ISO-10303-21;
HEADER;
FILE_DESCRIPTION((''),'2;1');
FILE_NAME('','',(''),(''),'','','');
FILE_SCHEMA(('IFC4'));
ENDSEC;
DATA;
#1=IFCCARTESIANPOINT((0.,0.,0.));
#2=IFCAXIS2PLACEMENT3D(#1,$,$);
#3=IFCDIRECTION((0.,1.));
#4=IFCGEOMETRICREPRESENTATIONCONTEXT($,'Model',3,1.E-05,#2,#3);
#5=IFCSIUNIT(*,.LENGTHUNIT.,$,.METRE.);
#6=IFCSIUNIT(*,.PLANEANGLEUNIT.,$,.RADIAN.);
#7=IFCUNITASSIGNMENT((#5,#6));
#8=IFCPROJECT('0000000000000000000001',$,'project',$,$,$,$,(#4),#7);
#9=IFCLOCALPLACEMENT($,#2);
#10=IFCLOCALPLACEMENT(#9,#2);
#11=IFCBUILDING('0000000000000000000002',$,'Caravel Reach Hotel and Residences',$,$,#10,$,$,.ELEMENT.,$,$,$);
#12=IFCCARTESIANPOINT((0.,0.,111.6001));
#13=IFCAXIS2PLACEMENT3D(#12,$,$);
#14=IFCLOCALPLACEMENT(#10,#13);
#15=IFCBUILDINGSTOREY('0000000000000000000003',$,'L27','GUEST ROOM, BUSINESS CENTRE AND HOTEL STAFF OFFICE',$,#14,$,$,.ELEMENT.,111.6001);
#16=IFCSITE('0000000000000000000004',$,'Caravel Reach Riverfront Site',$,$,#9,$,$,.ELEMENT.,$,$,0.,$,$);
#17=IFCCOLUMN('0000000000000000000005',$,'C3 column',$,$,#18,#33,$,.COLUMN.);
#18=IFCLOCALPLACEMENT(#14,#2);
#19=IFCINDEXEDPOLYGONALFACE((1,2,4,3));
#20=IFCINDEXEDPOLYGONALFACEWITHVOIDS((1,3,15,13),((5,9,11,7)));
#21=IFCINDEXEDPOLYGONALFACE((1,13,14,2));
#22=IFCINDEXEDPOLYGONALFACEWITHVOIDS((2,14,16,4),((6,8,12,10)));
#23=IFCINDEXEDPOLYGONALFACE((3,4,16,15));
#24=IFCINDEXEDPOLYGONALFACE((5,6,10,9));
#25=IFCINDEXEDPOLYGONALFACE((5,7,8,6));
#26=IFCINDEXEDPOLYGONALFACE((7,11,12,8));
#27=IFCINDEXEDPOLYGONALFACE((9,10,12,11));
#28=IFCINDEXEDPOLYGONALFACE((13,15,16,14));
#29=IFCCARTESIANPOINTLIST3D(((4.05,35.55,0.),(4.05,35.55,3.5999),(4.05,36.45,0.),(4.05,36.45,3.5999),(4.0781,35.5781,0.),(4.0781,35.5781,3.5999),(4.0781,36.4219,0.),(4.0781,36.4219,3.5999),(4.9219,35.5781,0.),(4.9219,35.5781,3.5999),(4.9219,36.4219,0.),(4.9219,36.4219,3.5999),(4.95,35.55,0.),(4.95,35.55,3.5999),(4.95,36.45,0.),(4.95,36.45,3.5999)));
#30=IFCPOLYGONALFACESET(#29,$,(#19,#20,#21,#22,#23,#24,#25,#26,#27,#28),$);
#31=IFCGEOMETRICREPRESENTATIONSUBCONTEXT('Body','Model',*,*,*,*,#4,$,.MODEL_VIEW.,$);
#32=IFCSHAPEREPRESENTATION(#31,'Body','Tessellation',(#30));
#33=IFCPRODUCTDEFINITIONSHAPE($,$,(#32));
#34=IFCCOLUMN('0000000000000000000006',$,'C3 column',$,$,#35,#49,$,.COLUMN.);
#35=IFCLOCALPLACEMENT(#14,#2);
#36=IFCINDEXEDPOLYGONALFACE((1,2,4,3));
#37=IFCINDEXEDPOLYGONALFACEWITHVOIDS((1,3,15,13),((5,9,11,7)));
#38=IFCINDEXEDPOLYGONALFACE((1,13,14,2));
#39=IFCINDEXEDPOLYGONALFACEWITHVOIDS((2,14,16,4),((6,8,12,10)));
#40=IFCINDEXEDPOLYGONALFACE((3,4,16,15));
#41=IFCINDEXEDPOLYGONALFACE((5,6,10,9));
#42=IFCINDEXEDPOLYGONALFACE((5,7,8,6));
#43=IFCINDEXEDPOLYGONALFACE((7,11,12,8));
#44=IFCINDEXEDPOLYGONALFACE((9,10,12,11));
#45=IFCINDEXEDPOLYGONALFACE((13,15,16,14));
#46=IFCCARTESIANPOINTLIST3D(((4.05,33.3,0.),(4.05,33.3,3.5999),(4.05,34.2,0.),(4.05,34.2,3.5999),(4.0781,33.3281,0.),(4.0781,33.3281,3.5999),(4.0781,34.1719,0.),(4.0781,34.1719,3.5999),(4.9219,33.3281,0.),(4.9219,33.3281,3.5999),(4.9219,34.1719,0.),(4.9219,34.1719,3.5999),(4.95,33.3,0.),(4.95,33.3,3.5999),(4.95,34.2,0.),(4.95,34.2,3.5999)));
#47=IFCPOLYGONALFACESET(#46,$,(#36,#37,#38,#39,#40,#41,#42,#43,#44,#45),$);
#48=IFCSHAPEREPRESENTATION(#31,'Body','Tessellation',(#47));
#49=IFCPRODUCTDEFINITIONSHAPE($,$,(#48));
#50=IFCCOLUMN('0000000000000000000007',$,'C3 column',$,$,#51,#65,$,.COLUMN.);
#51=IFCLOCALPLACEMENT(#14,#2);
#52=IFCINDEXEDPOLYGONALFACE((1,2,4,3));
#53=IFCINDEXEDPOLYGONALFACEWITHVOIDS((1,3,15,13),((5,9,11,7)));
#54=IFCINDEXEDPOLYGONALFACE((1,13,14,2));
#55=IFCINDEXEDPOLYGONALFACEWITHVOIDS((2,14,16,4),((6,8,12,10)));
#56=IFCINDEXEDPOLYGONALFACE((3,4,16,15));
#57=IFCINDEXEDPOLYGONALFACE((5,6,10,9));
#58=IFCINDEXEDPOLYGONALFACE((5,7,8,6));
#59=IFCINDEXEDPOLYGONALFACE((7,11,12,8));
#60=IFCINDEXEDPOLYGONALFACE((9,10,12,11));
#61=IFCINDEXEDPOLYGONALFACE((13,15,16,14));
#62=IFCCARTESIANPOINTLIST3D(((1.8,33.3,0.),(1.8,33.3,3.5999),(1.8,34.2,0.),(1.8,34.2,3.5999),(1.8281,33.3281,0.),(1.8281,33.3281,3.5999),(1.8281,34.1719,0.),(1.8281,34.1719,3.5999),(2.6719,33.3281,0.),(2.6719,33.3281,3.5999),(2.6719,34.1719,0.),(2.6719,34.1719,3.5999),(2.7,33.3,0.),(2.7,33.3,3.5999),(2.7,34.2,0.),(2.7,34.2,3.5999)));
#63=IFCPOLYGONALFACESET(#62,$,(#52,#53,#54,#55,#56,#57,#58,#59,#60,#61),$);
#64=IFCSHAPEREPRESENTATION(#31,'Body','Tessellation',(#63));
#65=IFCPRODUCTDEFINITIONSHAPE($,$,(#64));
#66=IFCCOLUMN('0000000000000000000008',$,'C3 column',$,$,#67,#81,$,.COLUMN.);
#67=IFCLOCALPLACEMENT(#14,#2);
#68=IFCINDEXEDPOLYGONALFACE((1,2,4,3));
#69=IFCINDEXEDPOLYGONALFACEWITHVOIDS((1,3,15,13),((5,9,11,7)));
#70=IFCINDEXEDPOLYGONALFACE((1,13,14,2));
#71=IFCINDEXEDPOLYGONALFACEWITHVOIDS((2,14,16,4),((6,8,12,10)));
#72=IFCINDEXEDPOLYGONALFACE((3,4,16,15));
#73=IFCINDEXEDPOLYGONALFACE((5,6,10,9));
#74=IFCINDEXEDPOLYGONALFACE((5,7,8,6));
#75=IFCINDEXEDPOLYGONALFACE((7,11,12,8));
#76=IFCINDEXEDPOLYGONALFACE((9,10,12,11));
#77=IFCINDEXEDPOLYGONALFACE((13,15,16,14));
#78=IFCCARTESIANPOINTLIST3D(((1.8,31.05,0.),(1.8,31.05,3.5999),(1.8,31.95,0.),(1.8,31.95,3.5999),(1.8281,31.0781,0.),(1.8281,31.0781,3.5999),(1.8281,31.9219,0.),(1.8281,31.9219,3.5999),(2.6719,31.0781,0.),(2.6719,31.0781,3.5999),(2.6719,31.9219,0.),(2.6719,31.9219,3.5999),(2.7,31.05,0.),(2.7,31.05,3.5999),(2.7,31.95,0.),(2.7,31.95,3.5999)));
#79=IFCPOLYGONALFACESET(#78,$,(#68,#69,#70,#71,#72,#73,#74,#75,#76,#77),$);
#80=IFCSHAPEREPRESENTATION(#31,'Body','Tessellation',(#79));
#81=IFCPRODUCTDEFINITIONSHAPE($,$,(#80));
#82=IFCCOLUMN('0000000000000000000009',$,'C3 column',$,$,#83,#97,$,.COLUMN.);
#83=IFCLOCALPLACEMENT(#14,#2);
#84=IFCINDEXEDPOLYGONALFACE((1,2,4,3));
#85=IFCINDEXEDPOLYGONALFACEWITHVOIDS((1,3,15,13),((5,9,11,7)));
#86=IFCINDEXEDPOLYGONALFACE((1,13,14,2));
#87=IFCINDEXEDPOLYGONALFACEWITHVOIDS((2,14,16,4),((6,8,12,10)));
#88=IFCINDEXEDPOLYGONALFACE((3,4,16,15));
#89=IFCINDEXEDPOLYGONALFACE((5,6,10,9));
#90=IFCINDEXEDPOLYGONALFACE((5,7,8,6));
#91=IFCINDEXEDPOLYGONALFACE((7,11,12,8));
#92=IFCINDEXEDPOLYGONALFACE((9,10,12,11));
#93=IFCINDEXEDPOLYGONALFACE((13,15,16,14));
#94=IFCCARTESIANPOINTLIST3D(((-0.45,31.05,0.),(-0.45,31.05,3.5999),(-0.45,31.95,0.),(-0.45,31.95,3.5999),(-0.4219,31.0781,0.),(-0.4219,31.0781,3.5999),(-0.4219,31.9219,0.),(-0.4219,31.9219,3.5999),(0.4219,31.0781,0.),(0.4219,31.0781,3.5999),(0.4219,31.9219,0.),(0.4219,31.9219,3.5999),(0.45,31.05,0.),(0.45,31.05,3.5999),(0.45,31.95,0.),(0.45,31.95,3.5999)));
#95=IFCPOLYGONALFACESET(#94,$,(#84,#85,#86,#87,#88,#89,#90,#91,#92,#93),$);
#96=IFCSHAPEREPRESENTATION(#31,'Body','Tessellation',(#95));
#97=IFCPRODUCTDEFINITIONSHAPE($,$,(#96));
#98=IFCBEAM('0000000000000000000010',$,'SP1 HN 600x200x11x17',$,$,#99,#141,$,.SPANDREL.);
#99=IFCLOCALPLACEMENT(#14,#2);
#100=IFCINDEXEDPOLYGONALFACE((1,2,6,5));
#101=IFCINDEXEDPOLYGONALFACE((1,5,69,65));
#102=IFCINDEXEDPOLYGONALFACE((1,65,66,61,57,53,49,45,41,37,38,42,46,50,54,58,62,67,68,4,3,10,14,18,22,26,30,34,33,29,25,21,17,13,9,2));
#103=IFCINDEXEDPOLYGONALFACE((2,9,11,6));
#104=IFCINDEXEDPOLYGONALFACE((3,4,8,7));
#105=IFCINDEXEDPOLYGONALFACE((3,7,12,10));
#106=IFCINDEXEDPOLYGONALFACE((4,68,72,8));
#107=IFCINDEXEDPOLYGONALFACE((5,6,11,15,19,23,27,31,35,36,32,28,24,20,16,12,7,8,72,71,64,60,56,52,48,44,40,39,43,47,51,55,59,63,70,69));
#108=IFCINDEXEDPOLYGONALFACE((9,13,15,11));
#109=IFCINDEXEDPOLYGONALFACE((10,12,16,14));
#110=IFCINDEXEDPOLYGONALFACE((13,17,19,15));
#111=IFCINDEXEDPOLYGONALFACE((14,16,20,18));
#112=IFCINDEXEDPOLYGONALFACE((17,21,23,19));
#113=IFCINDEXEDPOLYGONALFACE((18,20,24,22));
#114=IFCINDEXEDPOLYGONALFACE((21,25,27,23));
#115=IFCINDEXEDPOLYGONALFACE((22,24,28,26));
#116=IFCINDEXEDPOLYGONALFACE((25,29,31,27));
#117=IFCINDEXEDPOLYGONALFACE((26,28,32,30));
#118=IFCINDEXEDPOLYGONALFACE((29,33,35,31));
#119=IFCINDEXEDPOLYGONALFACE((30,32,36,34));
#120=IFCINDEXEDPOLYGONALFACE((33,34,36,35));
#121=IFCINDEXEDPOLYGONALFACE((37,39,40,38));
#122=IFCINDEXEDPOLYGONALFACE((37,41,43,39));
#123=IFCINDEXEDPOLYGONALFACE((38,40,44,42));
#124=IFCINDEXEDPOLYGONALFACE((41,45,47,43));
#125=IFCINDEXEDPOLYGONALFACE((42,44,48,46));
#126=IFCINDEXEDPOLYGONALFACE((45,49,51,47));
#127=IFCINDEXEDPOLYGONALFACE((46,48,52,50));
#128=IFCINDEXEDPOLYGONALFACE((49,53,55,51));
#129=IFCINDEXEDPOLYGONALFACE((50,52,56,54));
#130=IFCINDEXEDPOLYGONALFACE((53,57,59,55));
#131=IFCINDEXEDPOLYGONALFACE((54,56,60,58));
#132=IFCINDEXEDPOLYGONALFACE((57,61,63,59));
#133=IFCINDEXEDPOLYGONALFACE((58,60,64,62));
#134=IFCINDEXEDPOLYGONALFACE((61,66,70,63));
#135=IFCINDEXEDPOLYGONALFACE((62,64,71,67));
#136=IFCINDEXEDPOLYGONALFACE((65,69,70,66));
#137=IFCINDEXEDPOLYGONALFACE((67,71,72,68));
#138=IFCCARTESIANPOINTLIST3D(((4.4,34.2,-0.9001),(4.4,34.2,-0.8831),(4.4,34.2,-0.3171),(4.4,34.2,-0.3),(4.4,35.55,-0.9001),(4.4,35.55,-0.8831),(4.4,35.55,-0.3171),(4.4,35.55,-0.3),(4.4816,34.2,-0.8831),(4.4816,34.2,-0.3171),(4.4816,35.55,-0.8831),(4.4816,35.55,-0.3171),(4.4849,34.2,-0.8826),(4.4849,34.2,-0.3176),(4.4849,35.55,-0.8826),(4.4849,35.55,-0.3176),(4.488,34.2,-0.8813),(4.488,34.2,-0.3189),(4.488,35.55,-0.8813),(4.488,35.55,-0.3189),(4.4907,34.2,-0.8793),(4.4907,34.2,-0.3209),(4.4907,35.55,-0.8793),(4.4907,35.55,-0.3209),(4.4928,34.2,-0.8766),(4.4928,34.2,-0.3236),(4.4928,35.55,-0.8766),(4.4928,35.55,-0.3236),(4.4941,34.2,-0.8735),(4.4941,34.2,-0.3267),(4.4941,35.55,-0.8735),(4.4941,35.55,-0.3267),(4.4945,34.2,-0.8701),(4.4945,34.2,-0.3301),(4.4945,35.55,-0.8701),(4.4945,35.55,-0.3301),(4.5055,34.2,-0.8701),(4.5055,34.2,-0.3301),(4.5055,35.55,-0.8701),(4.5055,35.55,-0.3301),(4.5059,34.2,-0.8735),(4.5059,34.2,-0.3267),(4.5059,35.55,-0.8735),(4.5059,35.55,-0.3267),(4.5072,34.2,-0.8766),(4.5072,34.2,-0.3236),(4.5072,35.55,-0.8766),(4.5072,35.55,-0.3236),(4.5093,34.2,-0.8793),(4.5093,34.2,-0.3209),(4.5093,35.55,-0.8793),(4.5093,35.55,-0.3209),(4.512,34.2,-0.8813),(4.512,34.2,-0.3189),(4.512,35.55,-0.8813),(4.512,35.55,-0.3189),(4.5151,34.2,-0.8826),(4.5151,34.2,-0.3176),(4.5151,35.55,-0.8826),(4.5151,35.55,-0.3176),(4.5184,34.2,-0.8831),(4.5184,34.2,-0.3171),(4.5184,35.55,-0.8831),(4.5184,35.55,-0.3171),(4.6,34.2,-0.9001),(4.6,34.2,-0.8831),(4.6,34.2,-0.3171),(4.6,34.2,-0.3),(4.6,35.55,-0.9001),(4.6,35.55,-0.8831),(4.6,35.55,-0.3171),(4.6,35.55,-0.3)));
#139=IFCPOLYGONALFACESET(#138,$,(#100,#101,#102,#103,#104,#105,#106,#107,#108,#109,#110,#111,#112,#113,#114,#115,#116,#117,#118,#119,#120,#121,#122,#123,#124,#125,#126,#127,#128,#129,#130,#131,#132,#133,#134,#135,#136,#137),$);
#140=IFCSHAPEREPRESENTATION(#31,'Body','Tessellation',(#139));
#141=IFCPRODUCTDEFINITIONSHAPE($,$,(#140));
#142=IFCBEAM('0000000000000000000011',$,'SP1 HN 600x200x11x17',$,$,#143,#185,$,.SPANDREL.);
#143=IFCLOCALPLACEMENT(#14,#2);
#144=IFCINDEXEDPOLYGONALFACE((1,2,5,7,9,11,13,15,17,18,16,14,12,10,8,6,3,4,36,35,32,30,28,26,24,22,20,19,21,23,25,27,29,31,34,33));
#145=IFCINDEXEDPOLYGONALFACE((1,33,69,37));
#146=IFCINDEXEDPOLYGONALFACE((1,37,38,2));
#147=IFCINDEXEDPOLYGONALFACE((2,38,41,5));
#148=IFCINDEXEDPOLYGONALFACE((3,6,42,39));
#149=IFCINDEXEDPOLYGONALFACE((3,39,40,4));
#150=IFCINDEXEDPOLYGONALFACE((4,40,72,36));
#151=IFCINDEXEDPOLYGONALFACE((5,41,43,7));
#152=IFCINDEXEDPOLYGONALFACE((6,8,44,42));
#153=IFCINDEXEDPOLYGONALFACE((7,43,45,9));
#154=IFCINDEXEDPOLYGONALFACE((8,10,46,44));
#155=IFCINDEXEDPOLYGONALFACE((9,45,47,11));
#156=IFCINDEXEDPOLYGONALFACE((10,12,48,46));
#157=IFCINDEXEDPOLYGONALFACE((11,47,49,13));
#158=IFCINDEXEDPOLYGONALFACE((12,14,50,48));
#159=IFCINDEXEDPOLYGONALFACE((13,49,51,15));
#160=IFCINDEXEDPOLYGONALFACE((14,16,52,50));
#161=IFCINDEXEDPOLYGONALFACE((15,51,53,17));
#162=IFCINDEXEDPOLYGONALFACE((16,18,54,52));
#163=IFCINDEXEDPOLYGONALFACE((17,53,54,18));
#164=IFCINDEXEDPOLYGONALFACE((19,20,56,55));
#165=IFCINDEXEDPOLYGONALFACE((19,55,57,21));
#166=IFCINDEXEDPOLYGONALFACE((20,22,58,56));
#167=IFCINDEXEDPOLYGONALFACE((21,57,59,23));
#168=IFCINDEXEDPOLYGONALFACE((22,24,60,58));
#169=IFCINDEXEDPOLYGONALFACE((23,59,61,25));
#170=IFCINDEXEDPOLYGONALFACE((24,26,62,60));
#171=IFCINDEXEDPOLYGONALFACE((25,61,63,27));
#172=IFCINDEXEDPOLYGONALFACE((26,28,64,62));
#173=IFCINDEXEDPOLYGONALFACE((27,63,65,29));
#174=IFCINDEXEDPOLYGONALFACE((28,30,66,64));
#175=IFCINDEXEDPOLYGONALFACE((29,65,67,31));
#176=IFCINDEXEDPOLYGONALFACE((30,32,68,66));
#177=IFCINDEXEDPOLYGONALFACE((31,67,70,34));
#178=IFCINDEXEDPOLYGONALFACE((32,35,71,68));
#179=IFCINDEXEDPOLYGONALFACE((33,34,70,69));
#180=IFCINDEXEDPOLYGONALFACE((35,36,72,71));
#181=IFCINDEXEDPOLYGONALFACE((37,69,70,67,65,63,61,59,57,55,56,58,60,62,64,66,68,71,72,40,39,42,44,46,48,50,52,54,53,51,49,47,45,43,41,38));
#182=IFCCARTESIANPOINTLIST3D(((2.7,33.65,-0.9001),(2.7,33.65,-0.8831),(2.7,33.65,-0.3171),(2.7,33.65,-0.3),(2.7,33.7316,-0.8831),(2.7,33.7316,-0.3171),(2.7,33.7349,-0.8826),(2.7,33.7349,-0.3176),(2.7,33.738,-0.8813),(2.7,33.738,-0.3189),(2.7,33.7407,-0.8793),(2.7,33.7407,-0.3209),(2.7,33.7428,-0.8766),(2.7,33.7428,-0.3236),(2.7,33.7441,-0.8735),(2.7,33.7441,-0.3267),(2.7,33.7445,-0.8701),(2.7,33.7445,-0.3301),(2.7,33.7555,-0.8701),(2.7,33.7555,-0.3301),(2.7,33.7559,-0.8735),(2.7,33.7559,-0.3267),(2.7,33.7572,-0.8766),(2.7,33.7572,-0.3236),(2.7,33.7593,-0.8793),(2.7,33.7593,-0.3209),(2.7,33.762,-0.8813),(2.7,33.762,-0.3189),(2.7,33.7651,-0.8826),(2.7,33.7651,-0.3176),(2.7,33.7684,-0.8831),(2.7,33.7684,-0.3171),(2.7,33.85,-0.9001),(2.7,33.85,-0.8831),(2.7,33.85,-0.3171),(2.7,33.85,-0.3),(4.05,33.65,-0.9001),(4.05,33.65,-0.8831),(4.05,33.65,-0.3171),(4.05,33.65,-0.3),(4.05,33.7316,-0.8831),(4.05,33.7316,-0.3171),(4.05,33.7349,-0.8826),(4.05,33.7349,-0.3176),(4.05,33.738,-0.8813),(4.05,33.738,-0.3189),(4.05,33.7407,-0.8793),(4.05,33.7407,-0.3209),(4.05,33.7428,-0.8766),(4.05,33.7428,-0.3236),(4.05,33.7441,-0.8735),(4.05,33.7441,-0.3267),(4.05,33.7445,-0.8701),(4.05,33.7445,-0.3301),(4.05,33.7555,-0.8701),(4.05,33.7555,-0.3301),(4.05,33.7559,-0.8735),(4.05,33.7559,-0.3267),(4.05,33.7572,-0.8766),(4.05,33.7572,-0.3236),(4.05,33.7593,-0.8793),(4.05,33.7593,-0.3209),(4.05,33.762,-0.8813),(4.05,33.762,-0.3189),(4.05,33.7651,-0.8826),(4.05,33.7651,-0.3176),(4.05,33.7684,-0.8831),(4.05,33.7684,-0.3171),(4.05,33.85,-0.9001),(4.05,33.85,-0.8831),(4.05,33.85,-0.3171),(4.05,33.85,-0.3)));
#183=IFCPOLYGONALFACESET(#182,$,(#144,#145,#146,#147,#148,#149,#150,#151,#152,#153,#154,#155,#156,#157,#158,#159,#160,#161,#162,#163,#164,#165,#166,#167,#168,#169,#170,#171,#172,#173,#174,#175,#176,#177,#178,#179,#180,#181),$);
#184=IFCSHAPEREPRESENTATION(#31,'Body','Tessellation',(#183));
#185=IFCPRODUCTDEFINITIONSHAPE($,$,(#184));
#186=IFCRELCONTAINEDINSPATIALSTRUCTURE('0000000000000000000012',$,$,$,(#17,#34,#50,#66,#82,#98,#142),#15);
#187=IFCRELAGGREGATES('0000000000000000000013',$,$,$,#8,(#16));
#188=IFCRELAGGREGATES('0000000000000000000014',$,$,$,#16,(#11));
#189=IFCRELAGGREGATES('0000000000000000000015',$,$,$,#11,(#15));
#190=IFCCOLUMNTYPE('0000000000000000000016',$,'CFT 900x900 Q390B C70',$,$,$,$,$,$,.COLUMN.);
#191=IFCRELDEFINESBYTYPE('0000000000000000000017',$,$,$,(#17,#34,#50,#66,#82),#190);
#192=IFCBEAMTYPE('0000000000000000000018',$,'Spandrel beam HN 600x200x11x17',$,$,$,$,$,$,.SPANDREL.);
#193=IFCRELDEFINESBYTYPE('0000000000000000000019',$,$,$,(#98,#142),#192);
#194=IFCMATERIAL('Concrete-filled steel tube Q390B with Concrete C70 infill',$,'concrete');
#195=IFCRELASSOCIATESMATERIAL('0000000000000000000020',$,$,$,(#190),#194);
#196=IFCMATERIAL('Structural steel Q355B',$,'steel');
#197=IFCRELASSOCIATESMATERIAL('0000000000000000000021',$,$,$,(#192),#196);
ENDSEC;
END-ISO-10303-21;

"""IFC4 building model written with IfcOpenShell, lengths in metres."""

from ifc_helpers import new_model, si_unit, direction, frame, origin, origin_2d, place, context, subcontext, project, spatial, hollow_rectangle, i_section, extrude, material, material_profile, profile_set, type_object, element, save


model = new_model("IFC4")

# Units and contexts
model_context = context("Model", 3, precision=1e-05, world=origin(), true_north=direction((0.0, 1.0)))
body_context = subcontext(model_context, "Body", "Model", "MODEL_VIEW")
ifc_project = project(units=[si_unit("LENGTHUNIT", "METRE"), si_unit("PLANEANGLEUNIT", "RADIAN")], contexts=[model_context])

# Site, building, storey
site_placement = place(None, origin())
site = spatial("IfcSite", under=ifc_project, at=site_placement, Name="Caravel Reach Riverfront Site", CompositionType="ELEMENT", RefElevation=0.0)
building_placement = place(site_placement, origin())
building = spatial("IfcBuilding", under=site, at=building_placement, Name="Caravel Reach Hotel and Residences", CompositionType="ELEMENT")
storey_placement = place(building_placement, frame((0.0, 0.0, 111.6001)))
storey = spatial("IfcBuildingStorey", under=building, at=storey_placement, Name="L27", Description="GUEST ROOM, BUSINESS CENTRE AND HOTEL STAFF OFFICE", CompositionType="ELEMENT", Elevation=111.6001)

# Columns
ifc_material_1 = material(Name="Concrete-filled steel tube Q390B with Concrete C70 infill", Category="concrete")
ifc_material_profile_1 = material_profile(ifc_material_1, hollow_rectangle(XDim=0.8999, YDim=0.8999, WallThickness=0.0281, at=origin_2d()), Name="RHS 900x900x28")
ifc_profile_set_1 = profile_set([ifc_material_profile_1], Name="Concrete-filled steel tube Q390B with Concrete C70 infill")
column_type = type_object("IfcColumnType", Name="CFT 900x900 Q390B C70", PredefinedType="COLUMN", material=ifc_profile_set_1)
for number, where, z_axis, x_axis, name in (
    (1, (4.5, 36.0, 0.0), (0.0, 0.0, 1.0), (1.0, 0.0, 0.0), "C3 column"),
    (2, (4.5, 33.75, 0.0), (0.0, 0.0, 1.0), (1.0, 0.0, 0.0), "C3 column"),
    (3, (2.25, 33.75, 0.0), (0.0, 0.0, 1.0), (1.0, 0.0, 0.0), "C3 column"),
    (4, (2.25, 31.5, 0.0), (0.0, 0.0, 1.0), (1.0, 0.0, 0.0), "C3 column"),
    (5, (0.0, 31.5, 0.0), (0.0, 0.0, 1.0), (1.0, 0.0, 0.0), "C3 column"),
):
    element("IfcColumn", number, at=place(storey_placement, frame(where, z_axis=z_axis, x_axis=x_axis)), inside=storey, type_object=column_type, Name=name, PredefinedType="COLUMN", context=body_context, shape_type="SweptSolid", body=[
        extrude(hollow_rectangle(XDim=0.8999, YDim=0.8999, WallThickness=0.0281, at=origin_2d()), origin(), (0.0, 0.0, 1.0), 3.5999),
    ])

# Beams
ifc_material_2 = material(Name="Structural steel Q355B", Category="steel")
ifc_material_profile_2 = material_profile(ifc_material_2, i_section(OverallWidth=0.2, OverallDepth=0.6001, WebThickness=0.011, FlangeThickness=0.0171, FilletRadius=0.0129, at=origin_2d()), Name="HN 600x200x11x17")
ifc_profile_set_2 = profile_set([ifc_material_profile_2], Name="Structural steel Q355B")
beam_type = type_object("IfcBeamType", Name="Spandrel beam HN 600x200x11x17", PredefinedType="SPANDREL", material=ifc_profile_set_2)
for number, where, z_axis, x_axis, name in (
    (6, (4.5, 35.55, -0.6001), (0.0, -1.0, 0.0), (1.0, 0.0, 0.0), "SP1 HN 600x200x11x17"),
    (7, (4.05, 33.75, -0.6001), (-1.0, 0.0, 0.0), (0.0, -1.0, 0.0), "SP1 HN 600x200x11x17"),
):
    element("IfcBeam", number, at=place(storey_placement, frame(where, z_axis=z_axis, x_axis=x_axis)), inside=storey, type_object=beam_type, Name=name, PredefinedType="SPANDREL", context=body_context, shape_type="SweptSolid", body=[
        extrude(i_section(OverallWidth=0.2, OverallDepth=0.6001, WebThickness=0.011, FlangeThickness=0.0171, FilletRadius=0.0129, at=origin_2d()), origin(), (0.0, 0.0, 1.0), 1.3501),
    ])

save(model, "model.ifc")
